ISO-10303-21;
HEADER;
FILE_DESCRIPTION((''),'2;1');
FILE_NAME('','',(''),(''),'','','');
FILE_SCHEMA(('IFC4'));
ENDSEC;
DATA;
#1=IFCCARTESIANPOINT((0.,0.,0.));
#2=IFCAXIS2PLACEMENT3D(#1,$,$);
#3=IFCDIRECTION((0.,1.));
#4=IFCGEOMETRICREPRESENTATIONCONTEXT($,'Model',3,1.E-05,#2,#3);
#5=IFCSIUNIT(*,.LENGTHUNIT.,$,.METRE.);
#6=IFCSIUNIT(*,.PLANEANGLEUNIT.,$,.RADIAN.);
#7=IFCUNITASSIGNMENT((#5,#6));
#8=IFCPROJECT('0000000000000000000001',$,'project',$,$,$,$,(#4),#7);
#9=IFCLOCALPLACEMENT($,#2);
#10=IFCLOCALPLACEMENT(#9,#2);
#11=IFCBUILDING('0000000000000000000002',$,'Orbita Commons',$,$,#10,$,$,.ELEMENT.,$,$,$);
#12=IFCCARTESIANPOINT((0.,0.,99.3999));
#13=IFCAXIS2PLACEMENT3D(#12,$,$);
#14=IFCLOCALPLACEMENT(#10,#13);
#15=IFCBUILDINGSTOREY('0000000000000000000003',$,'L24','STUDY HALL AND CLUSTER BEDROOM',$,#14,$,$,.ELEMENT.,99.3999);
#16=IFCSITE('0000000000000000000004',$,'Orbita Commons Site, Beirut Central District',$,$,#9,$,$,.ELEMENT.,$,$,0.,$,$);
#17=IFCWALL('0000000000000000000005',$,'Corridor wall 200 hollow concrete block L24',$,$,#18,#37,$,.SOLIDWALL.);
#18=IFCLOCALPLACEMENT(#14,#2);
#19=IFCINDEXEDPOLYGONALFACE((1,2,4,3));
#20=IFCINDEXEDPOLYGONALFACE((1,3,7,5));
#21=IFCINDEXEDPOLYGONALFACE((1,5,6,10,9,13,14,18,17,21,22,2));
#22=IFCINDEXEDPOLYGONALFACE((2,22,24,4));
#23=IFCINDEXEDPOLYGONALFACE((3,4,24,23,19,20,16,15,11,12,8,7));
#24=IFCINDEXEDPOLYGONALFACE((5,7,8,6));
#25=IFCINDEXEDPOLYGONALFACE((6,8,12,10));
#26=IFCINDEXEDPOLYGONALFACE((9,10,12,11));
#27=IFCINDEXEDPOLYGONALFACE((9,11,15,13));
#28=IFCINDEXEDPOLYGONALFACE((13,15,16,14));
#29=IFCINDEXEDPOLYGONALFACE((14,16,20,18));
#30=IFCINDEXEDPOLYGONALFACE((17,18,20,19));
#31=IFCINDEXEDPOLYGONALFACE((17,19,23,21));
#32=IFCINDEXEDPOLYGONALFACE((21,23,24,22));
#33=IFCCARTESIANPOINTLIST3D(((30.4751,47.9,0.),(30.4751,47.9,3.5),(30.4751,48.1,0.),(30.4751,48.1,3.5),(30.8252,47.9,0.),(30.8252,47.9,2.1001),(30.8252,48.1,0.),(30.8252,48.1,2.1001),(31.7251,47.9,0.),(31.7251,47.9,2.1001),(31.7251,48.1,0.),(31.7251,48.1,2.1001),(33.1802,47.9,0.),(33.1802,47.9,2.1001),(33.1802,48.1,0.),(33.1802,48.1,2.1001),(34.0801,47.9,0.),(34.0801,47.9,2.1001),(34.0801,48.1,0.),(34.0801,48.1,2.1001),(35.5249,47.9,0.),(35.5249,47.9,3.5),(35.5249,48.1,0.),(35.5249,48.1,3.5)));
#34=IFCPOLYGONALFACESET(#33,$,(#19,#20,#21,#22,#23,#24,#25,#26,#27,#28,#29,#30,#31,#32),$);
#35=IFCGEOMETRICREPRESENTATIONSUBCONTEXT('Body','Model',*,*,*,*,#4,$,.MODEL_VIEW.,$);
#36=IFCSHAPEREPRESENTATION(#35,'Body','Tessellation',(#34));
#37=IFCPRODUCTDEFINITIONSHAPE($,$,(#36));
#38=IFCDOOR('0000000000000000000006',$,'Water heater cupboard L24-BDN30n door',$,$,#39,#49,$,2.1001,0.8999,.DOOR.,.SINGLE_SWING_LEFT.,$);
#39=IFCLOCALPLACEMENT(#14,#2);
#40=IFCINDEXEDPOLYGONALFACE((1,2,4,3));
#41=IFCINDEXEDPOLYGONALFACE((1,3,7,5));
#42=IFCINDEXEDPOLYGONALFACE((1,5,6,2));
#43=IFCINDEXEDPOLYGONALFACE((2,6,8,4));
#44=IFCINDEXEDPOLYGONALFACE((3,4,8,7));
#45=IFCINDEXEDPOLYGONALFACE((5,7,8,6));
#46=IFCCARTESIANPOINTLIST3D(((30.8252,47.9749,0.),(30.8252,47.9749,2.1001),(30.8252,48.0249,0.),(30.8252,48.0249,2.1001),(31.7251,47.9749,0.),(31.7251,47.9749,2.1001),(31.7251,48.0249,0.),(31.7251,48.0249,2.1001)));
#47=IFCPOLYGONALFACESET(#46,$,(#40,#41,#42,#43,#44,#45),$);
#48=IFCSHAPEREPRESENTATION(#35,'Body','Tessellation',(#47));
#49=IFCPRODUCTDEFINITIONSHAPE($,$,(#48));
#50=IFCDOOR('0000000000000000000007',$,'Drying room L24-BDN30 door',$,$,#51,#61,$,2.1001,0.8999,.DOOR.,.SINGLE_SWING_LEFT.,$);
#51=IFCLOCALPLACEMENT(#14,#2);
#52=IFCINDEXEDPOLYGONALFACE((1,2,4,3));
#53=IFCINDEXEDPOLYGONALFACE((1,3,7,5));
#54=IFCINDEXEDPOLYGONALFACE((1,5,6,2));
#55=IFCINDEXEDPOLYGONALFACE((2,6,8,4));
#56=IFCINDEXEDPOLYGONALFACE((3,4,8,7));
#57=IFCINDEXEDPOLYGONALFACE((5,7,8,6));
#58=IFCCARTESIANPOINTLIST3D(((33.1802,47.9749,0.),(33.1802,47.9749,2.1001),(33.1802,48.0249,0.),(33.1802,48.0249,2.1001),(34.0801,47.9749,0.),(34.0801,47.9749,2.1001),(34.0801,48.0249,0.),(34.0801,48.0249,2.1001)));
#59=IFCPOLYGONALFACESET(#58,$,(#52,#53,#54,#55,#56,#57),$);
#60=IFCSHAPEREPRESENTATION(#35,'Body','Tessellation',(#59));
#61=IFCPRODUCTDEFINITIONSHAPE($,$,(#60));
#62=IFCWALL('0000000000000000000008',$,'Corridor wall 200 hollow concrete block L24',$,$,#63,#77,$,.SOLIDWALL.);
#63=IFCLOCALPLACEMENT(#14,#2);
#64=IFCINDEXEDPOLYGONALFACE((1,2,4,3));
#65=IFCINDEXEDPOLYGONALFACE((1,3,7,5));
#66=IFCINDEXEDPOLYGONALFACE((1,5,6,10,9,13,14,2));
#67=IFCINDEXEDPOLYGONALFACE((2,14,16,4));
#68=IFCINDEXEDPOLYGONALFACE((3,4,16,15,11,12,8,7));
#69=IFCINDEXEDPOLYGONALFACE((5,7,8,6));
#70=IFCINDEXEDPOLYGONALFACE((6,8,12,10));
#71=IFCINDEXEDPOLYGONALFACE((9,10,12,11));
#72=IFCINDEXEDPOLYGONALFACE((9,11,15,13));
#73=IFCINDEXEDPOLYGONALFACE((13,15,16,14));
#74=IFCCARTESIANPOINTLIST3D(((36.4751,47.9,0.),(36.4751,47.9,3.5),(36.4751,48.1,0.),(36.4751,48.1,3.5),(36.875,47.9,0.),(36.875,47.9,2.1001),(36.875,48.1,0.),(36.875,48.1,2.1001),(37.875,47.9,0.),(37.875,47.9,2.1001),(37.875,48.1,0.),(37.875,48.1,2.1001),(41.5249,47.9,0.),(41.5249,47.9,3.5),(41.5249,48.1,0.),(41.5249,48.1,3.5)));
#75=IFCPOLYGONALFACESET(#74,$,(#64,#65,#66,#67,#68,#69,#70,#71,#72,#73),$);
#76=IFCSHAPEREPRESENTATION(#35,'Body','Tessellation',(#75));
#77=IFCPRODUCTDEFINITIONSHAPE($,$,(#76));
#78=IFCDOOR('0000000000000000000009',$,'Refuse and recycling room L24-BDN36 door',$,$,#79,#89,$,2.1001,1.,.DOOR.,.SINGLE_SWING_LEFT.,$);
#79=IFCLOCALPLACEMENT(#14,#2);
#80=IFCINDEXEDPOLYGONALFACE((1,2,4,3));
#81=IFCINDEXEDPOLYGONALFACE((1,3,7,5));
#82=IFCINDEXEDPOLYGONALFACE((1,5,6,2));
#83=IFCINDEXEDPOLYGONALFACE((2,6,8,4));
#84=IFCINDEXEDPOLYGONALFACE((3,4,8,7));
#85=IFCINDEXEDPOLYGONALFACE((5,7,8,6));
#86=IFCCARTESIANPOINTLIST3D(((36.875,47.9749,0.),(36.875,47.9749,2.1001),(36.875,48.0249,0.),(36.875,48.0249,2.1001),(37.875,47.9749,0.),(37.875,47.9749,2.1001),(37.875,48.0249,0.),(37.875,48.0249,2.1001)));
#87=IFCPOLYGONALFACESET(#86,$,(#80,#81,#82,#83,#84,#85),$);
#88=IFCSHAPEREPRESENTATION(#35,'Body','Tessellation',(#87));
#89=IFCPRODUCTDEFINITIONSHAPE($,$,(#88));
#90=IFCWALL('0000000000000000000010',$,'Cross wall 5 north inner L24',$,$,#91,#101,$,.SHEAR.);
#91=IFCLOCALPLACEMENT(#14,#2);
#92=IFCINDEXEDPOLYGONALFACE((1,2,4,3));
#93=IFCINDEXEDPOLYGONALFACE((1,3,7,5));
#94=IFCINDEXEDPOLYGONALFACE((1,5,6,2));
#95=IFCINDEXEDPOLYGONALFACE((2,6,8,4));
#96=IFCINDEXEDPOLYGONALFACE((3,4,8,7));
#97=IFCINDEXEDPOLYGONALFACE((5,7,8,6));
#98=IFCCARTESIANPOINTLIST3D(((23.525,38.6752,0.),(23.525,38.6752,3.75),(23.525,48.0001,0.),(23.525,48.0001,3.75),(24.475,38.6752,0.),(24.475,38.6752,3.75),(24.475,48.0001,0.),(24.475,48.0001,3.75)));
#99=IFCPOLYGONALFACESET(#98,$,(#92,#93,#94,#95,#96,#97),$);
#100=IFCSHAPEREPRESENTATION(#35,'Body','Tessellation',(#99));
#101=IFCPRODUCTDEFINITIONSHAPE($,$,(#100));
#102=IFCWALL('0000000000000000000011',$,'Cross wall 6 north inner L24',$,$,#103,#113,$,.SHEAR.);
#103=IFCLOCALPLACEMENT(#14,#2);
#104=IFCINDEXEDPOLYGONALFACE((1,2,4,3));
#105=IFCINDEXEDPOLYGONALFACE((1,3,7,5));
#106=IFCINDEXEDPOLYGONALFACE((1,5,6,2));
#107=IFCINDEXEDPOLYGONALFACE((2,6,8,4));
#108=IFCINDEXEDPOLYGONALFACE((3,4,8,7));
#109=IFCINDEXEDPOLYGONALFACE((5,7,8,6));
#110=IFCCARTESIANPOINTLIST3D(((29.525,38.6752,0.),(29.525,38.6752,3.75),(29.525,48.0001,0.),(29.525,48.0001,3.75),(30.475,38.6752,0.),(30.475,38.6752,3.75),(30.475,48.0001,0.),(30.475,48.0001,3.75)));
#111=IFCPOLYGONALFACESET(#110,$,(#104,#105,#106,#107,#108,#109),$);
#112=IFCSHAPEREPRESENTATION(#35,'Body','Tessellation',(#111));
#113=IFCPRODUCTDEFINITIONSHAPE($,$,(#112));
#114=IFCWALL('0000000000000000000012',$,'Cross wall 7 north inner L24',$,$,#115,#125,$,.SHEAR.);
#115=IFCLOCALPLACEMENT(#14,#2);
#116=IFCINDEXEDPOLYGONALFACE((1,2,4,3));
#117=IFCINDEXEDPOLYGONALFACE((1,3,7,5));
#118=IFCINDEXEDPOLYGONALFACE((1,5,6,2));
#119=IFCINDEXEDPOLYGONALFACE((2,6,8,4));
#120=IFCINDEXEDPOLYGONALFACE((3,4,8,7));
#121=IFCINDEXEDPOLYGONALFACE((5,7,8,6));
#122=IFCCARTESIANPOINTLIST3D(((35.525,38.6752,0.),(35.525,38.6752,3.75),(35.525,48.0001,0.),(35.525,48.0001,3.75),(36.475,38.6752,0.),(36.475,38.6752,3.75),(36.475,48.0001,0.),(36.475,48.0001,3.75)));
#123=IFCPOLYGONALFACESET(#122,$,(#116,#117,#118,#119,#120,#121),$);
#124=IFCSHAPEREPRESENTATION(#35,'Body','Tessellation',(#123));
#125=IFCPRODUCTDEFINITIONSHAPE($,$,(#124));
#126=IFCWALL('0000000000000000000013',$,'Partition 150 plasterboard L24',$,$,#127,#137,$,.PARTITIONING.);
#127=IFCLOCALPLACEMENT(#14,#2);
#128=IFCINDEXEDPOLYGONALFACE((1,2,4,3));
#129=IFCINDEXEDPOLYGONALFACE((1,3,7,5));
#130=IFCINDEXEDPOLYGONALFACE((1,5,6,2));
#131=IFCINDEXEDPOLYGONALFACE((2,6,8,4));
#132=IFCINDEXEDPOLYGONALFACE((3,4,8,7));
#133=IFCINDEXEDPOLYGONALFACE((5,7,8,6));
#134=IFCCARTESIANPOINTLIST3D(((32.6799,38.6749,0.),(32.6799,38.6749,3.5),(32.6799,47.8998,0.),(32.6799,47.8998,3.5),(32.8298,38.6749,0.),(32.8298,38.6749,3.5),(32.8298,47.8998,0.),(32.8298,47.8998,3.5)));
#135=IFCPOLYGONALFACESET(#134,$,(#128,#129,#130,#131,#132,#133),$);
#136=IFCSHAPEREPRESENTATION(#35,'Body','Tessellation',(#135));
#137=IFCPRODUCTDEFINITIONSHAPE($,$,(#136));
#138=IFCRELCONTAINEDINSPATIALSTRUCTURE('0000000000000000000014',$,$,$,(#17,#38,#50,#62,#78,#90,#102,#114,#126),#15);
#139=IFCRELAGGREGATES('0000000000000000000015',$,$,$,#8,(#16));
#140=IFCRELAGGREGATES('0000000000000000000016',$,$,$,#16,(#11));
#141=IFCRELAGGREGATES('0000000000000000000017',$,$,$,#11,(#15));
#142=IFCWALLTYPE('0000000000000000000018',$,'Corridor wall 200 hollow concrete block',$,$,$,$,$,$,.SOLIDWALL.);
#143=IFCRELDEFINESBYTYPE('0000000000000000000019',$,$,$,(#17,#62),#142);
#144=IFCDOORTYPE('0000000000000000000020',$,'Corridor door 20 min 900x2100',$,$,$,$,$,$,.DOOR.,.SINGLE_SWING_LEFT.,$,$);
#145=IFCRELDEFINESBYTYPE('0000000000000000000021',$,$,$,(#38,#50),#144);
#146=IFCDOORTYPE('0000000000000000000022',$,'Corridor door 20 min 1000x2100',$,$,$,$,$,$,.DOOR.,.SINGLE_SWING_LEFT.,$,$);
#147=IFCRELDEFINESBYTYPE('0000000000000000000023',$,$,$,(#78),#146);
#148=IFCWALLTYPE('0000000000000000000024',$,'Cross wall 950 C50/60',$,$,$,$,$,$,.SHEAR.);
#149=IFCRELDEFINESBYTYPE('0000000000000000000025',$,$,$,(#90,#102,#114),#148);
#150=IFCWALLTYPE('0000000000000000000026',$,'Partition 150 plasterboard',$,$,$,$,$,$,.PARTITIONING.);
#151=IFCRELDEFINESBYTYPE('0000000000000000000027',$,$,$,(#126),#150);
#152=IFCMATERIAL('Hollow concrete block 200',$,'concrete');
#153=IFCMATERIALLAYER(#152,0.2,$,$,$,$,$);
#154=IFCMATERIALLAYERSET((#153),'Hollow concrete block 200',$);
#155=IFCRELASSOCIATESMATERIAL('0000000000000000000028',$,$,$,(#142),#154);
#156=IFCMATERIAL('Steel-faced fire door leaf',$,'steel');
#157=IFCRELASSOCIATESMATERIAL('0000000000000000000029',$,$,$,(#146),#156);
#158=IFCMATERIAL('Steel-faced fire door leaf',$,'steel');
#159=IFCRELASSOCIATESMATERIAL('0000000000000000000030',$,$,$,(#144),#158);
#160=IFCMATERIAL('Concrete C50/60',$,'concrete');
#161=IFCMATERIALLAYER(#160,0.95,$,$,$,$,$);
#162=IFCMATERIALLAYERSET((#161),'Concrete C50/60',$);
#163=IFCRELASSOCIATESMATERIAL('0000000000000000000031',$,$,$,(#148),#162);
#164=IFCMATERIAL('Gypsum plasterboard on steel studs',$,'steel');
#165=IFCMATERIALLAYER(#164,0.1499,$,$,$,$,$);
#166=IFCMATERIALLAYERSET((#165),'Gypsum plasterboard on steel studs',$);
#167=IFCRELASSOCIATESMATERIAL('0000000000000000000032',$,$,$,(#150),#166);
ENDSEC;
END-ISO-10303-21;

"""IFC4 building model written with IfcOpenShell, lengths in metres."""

from ifc_helpers import new_model, si_unit, direction, frame, frame_2d, origin, place, context, subcontext, project, spatial, rectangle, extrude, material, layer, layer_set, type_object, element, fill, save


model = new_model("IFC4")

# Units and contexts
model_context = context("Model", 3, precision=1e-05, world=origin(), true_north=direction((0.0, 1.0)))
body_context = subcontext(model_context, "Body", "Model", "MODEL_VIEW")
ifc_project = project(units=[si_unit("LENGTHUNIT", "METRE"), si_unit("PLANEANGLEUNIT", "RADIAN")], contexts=[model_context])

# Site, building, storey
site_placement = place(None, origin())
site = spatial("IfcSite", under=ifc_project, at=site_placement, Name="Orbita Commons Site, Beirut Central District", CompositionType="ELEMENT", RefElevation=0.0)
building_placement = place(site_placement, origin())
building = spatial("IfcBuilding", under=site, at=building_placement, Name="Orbita Commons", CompositionType="ELEMENT")
storey_placement = place(building_placement, frame((0.0, 0.0, 99.3999)))
storey = spatial("IfcBuildingStorey", under=building, at=storey_placement, Name="L24", Description="STUDY HALL AND CLUSTER BEDROOM", CompositionType="ELEMENT", Elevation=99.3999)

# Shared definitions
ifc_material_1 = material(Name="Hollow concrete block 200", Category="concrete")
ifc_layer_1 = layer(ifc_material_1, 0.2)
ifc_layer_set_1 = layer_set([ifc_layer_1], Name="Hollow concrete block 200")
wall_type_1 = type_object("IfcWallType", Name="Corridor wall 200 hollow concrete block", PredefinedType="SOLIDWALL", material=ifc_layer_set_1)
ifc_material_2 = material(Name="Steel-faced fire door leaf", Category="steel")
door_type_1 = type_object("IfcDoorType", Name="Corridor door 20 min 1000x2100", OperationType="SINGLE_SWING_LEFT", PredefinedType="DOOR", material=ifc_material_2)

# Wall, openings, doors
wall_1_placement = place(storey_placement, frame((30.4751, 48.0, 0.0), z_axis=(0.0, 0.0, 1.0), x_axis=(1.0, 0.0, 0.0)))
wall_1 = element("IfcWall", 1, at=wall_1_placement, inside=storey, type_object=wall_type_1, Name="Corridor wall 200 hollow concrete block L24", PredefinedType="SOLIDWALL", context=body_context, shape_type="SweptSolid", body=[
    extrude(rectangle(XDim=5.0498, YDim=0.2, at=frame_2d((2.5249, 0.0))), origin(), (0.0, 0.0, 1.0), 3.5),
])
opening_1_placement = place(wall_1_placement, frame((0.3501, 0.0, 0.0)))
opening_1 = element("IfcOpeningElement", 2, at=opening_1_placement, cuts=wall_1, PredefinedType="OPENING", context=body_context, shape_type="SweptSolid", body=[
    extrude(rectangle(XDim=0.8999, YDim=2.1001, at=frame_2d((0.45, 1.05))), frame((0.0, 0.1099, 0.0), z_axis=(0.0, -1.0, 0.0), x_axis=(1.0, 0.0, 0.0)), (0.0, 0.0, 1.0), 0.22),
])
opening_2_placement = place(wall_1_placement, frame((2.7051, 0.0, 0.0)))
opening_2 = element("IfcOpeningElement", 3, at=opening_2_placement, cuts=wall_1, PredefinedType="OPENING", context=body_context, shape_type="SweptSolid", body=[
    extrude(rectangle(XDim=0.8999, YDim=2.1001, at=frame_2d((0.45, 1.05))), frame((0.0, 0.1099, 0.0), z_axis=(0.0, -1.0, 0.0), x_axis=(1.0, 0.0, 0.0)), (0.0, 0.0, 1.0), 0.22),
])
ifc_material_3 = material(Name="Steel-faced fire door leaf", Category="steel")
door_type_2 = type_object("IfcDoorType", Name="Corridor door 20 min 900x2100", OperationType="SINGLE_SWING_LEFT", PredefinedType="DOOR", material=ifc_material_3)
door_1_placement = place(opening_1_placement, origin())
door_1 = element("IfcDoor", 4, at=door_1_placement, inside=storey, type_object=door_type_2, Name="Water heater cupboard L24-BDN30n door", OperationType="SINGLE_SWING_LEFT", OverallHeight=2.1001, OverallWidth=0.8999, PredefinedType="DOOR", context=body_context, shape_type="SweptSolid", body=[
    extrude(rectangle(XDim=0.8999, YDim=2.1001, at=frame_2d((0.45, 1.05))), frame((0.0, 0.0249, 0.0), z_axis=(0.0, -1.0, 0.0), x_axis=(1.0, 0.0, 0.0)), (0.0, 0.0, 1.0), 0.05),
])
fill(opening_1, door_1)
door_2_placement = place(opening_2_placement, origin())
door_2 = element("IfcDoor", 5, at=door_2_placement, inside=storey, type_object=door_type_2, Name="Drying room L24-BDN30 door", OperationType="SINGLE_SWING_LEFT", OverallHeight=2.1001, OverallWidth=0.8999, PredefinedType="DOOR", context=body_context, shape_type="SweptSolid", body=[
    extrude(rectangle(XDim=0.8999, YDim=2.1001, at=frame_2d((0.45, 1.05))), frame((0.0, 0.0249, 0.0), z_axis=(0.0, -1.0, 0.0), x_axis=(1.0, 0.0, 0.0)), (0.0, 0.0, 1.0), 0.05),
])
fill(opening_2, door_2)

# Wall, opening, door
wall_2_placement = place(storey_placement, frame((36.4751, 48.0, 0.0), z_axis=(0.0, 0.0, 1.0), x_axis=(1.0, 0.0, 0.0)))
wall_2 = element("IfcWall", 6, at=wall_2_placement, inside=storey, type_object=wall_type_1, Name="Corridor wall 200 hollow concrete block L24", PredefinedType="SOLIDWALL", context=body_context, shape_type="SweptSolid", body=[
    extrude(rectangle(XDim=5.0498, YDim=0.2, at=frame_2d((2.5249, 0.0))), origin(), (0.0, 0.0, 1.0), 3.5),
])
opening_3_placement = place(wall_2_placement, frame((0.3999, 0.0, 0.0)))
opening_3 = element("IfcOpeningElement", 7, at=opening_3_placement, cuts=wall_2, PredefinedType="OPENING", context=body_context, shape_type="SweptSolid", body=[
    extrude(rectangle(XDim=1.0, YDim=2.1001, at=frame_2d((0.5, 1.05))), frame((0.0, 0.1099, 0.0), z_axis=(0.0, -1.0, 0.0), x_axis=(1.0, 0.0, 0.0)), (0.0, 0.0, 1.0), 0.22),
])
door_3_placement = place(opening_3_placement, origin())
door_3 = element("IfcDoor", 8, at=door_3_placement, inside=storey, type_object=door_type_1, Name="Refuse and recycling room L24-BDN36 door", OperationType="SINGLE_SWING_LEFT", OverallHeight=2.1001, OverallWidth=1.0, PredefinedType="DOOR", context=body_context, shape_type="SweptSolid", body=[
    extrude(rectangle(XDim=1.0, YDim=2.1001, at=frame_2d((0.5, 1.05))), frame((0.0, 0.0249, 0.0), z_axis=(0.0, -1.0, 0.0), x_axis=(1.0, 0.0, 0.0)), (0.0, 0.0, 1.0), 0.05),
])
fill(opening_3, door_3)

# Walls
ifc_material_4 = material(Name="Concrete C50/60", Category="concrete")
ifc_layer_2 = layer(ifc_material_4, 0.95)
ifc_layer_set_2 = layer_set([ifc_layer_2], Name="Concrete C50/60")
wall_type_2 = type_object("IfcWallType", Name="Cross wall 950 C50/60", PredefinedType="SHEAR", material=ifc_layer_set_2)
for number, where, z_axis, x_axis, name in (
    (9, (24.0, 38.675, 0.0), (0.0, 0.0, 1.0), (0.0, 1.0, 0.0), "Cross wall 5 north inner L24"),
    (10, (30.0, 38.675, 0.0), (0.0, 0.0, 1.0), (0.0, 1.0, 0.0), "Cross wall 6 north inner L24"),
    (11, (36.0, 38.675, 0.0), (0.0, 0.0, 1.0), (0.0, 1.0, 0.0), "Cross wall 7 north inner L24"),
):
    element("IfcWall", number, at=place(storey_placement, frame(where, z_axis=z_axis, x_axis=x_axis)), inside=storey, type_object=wall_type_2, Name=name, PredefinedType="SHEAR", context=body_context, shape_type="SweptSolid", body=[
        extrude(rectangle(XDim=9.325, YDim=0.95, at=frame_2d((4.6626, 0.0))), origin(), (0.0, 0.0, 1.0), 3.75),
    ])
ifc_material_5 = material(Name="Gypsum plasterboard on steel studs", Category="steel")
ifc_layer_3 = layer(ifc_material_5, 0.1499)
ifc_layer_set_3 = layer_set([ifc_layer_3], Name="Gypsum plasterboard on steel studs")
wall_type_3 = type_object("IfcWallType", Name="Partition 150 plasterboard", PredefinedType="PARTITIONING", material=ifc_layer_set_3)
wall_3_placement = place(storey_placement, frame((32.7549, 38.675, 0.0), z_axis=(0.0, 0.0, 1.0), x_axis=(0.0, 1.0, 0.0)))
element("IfcWall", 12, at=wall_3_placement, inside=storey, type_object=wall_type_3, Name="Partition 150 plasterboard L24", PredefinedType="PARTITIONING", context=body_context, shape_type="SweptSolid", body=[
    extrude(rectangle(XDim=9.2249, YDim=0.1499, at=frame_2d((4.6123, 0.0))), origin(), (0.0, 0.0, 1.0), 3.5),
])

save(model, "model.ifc")
